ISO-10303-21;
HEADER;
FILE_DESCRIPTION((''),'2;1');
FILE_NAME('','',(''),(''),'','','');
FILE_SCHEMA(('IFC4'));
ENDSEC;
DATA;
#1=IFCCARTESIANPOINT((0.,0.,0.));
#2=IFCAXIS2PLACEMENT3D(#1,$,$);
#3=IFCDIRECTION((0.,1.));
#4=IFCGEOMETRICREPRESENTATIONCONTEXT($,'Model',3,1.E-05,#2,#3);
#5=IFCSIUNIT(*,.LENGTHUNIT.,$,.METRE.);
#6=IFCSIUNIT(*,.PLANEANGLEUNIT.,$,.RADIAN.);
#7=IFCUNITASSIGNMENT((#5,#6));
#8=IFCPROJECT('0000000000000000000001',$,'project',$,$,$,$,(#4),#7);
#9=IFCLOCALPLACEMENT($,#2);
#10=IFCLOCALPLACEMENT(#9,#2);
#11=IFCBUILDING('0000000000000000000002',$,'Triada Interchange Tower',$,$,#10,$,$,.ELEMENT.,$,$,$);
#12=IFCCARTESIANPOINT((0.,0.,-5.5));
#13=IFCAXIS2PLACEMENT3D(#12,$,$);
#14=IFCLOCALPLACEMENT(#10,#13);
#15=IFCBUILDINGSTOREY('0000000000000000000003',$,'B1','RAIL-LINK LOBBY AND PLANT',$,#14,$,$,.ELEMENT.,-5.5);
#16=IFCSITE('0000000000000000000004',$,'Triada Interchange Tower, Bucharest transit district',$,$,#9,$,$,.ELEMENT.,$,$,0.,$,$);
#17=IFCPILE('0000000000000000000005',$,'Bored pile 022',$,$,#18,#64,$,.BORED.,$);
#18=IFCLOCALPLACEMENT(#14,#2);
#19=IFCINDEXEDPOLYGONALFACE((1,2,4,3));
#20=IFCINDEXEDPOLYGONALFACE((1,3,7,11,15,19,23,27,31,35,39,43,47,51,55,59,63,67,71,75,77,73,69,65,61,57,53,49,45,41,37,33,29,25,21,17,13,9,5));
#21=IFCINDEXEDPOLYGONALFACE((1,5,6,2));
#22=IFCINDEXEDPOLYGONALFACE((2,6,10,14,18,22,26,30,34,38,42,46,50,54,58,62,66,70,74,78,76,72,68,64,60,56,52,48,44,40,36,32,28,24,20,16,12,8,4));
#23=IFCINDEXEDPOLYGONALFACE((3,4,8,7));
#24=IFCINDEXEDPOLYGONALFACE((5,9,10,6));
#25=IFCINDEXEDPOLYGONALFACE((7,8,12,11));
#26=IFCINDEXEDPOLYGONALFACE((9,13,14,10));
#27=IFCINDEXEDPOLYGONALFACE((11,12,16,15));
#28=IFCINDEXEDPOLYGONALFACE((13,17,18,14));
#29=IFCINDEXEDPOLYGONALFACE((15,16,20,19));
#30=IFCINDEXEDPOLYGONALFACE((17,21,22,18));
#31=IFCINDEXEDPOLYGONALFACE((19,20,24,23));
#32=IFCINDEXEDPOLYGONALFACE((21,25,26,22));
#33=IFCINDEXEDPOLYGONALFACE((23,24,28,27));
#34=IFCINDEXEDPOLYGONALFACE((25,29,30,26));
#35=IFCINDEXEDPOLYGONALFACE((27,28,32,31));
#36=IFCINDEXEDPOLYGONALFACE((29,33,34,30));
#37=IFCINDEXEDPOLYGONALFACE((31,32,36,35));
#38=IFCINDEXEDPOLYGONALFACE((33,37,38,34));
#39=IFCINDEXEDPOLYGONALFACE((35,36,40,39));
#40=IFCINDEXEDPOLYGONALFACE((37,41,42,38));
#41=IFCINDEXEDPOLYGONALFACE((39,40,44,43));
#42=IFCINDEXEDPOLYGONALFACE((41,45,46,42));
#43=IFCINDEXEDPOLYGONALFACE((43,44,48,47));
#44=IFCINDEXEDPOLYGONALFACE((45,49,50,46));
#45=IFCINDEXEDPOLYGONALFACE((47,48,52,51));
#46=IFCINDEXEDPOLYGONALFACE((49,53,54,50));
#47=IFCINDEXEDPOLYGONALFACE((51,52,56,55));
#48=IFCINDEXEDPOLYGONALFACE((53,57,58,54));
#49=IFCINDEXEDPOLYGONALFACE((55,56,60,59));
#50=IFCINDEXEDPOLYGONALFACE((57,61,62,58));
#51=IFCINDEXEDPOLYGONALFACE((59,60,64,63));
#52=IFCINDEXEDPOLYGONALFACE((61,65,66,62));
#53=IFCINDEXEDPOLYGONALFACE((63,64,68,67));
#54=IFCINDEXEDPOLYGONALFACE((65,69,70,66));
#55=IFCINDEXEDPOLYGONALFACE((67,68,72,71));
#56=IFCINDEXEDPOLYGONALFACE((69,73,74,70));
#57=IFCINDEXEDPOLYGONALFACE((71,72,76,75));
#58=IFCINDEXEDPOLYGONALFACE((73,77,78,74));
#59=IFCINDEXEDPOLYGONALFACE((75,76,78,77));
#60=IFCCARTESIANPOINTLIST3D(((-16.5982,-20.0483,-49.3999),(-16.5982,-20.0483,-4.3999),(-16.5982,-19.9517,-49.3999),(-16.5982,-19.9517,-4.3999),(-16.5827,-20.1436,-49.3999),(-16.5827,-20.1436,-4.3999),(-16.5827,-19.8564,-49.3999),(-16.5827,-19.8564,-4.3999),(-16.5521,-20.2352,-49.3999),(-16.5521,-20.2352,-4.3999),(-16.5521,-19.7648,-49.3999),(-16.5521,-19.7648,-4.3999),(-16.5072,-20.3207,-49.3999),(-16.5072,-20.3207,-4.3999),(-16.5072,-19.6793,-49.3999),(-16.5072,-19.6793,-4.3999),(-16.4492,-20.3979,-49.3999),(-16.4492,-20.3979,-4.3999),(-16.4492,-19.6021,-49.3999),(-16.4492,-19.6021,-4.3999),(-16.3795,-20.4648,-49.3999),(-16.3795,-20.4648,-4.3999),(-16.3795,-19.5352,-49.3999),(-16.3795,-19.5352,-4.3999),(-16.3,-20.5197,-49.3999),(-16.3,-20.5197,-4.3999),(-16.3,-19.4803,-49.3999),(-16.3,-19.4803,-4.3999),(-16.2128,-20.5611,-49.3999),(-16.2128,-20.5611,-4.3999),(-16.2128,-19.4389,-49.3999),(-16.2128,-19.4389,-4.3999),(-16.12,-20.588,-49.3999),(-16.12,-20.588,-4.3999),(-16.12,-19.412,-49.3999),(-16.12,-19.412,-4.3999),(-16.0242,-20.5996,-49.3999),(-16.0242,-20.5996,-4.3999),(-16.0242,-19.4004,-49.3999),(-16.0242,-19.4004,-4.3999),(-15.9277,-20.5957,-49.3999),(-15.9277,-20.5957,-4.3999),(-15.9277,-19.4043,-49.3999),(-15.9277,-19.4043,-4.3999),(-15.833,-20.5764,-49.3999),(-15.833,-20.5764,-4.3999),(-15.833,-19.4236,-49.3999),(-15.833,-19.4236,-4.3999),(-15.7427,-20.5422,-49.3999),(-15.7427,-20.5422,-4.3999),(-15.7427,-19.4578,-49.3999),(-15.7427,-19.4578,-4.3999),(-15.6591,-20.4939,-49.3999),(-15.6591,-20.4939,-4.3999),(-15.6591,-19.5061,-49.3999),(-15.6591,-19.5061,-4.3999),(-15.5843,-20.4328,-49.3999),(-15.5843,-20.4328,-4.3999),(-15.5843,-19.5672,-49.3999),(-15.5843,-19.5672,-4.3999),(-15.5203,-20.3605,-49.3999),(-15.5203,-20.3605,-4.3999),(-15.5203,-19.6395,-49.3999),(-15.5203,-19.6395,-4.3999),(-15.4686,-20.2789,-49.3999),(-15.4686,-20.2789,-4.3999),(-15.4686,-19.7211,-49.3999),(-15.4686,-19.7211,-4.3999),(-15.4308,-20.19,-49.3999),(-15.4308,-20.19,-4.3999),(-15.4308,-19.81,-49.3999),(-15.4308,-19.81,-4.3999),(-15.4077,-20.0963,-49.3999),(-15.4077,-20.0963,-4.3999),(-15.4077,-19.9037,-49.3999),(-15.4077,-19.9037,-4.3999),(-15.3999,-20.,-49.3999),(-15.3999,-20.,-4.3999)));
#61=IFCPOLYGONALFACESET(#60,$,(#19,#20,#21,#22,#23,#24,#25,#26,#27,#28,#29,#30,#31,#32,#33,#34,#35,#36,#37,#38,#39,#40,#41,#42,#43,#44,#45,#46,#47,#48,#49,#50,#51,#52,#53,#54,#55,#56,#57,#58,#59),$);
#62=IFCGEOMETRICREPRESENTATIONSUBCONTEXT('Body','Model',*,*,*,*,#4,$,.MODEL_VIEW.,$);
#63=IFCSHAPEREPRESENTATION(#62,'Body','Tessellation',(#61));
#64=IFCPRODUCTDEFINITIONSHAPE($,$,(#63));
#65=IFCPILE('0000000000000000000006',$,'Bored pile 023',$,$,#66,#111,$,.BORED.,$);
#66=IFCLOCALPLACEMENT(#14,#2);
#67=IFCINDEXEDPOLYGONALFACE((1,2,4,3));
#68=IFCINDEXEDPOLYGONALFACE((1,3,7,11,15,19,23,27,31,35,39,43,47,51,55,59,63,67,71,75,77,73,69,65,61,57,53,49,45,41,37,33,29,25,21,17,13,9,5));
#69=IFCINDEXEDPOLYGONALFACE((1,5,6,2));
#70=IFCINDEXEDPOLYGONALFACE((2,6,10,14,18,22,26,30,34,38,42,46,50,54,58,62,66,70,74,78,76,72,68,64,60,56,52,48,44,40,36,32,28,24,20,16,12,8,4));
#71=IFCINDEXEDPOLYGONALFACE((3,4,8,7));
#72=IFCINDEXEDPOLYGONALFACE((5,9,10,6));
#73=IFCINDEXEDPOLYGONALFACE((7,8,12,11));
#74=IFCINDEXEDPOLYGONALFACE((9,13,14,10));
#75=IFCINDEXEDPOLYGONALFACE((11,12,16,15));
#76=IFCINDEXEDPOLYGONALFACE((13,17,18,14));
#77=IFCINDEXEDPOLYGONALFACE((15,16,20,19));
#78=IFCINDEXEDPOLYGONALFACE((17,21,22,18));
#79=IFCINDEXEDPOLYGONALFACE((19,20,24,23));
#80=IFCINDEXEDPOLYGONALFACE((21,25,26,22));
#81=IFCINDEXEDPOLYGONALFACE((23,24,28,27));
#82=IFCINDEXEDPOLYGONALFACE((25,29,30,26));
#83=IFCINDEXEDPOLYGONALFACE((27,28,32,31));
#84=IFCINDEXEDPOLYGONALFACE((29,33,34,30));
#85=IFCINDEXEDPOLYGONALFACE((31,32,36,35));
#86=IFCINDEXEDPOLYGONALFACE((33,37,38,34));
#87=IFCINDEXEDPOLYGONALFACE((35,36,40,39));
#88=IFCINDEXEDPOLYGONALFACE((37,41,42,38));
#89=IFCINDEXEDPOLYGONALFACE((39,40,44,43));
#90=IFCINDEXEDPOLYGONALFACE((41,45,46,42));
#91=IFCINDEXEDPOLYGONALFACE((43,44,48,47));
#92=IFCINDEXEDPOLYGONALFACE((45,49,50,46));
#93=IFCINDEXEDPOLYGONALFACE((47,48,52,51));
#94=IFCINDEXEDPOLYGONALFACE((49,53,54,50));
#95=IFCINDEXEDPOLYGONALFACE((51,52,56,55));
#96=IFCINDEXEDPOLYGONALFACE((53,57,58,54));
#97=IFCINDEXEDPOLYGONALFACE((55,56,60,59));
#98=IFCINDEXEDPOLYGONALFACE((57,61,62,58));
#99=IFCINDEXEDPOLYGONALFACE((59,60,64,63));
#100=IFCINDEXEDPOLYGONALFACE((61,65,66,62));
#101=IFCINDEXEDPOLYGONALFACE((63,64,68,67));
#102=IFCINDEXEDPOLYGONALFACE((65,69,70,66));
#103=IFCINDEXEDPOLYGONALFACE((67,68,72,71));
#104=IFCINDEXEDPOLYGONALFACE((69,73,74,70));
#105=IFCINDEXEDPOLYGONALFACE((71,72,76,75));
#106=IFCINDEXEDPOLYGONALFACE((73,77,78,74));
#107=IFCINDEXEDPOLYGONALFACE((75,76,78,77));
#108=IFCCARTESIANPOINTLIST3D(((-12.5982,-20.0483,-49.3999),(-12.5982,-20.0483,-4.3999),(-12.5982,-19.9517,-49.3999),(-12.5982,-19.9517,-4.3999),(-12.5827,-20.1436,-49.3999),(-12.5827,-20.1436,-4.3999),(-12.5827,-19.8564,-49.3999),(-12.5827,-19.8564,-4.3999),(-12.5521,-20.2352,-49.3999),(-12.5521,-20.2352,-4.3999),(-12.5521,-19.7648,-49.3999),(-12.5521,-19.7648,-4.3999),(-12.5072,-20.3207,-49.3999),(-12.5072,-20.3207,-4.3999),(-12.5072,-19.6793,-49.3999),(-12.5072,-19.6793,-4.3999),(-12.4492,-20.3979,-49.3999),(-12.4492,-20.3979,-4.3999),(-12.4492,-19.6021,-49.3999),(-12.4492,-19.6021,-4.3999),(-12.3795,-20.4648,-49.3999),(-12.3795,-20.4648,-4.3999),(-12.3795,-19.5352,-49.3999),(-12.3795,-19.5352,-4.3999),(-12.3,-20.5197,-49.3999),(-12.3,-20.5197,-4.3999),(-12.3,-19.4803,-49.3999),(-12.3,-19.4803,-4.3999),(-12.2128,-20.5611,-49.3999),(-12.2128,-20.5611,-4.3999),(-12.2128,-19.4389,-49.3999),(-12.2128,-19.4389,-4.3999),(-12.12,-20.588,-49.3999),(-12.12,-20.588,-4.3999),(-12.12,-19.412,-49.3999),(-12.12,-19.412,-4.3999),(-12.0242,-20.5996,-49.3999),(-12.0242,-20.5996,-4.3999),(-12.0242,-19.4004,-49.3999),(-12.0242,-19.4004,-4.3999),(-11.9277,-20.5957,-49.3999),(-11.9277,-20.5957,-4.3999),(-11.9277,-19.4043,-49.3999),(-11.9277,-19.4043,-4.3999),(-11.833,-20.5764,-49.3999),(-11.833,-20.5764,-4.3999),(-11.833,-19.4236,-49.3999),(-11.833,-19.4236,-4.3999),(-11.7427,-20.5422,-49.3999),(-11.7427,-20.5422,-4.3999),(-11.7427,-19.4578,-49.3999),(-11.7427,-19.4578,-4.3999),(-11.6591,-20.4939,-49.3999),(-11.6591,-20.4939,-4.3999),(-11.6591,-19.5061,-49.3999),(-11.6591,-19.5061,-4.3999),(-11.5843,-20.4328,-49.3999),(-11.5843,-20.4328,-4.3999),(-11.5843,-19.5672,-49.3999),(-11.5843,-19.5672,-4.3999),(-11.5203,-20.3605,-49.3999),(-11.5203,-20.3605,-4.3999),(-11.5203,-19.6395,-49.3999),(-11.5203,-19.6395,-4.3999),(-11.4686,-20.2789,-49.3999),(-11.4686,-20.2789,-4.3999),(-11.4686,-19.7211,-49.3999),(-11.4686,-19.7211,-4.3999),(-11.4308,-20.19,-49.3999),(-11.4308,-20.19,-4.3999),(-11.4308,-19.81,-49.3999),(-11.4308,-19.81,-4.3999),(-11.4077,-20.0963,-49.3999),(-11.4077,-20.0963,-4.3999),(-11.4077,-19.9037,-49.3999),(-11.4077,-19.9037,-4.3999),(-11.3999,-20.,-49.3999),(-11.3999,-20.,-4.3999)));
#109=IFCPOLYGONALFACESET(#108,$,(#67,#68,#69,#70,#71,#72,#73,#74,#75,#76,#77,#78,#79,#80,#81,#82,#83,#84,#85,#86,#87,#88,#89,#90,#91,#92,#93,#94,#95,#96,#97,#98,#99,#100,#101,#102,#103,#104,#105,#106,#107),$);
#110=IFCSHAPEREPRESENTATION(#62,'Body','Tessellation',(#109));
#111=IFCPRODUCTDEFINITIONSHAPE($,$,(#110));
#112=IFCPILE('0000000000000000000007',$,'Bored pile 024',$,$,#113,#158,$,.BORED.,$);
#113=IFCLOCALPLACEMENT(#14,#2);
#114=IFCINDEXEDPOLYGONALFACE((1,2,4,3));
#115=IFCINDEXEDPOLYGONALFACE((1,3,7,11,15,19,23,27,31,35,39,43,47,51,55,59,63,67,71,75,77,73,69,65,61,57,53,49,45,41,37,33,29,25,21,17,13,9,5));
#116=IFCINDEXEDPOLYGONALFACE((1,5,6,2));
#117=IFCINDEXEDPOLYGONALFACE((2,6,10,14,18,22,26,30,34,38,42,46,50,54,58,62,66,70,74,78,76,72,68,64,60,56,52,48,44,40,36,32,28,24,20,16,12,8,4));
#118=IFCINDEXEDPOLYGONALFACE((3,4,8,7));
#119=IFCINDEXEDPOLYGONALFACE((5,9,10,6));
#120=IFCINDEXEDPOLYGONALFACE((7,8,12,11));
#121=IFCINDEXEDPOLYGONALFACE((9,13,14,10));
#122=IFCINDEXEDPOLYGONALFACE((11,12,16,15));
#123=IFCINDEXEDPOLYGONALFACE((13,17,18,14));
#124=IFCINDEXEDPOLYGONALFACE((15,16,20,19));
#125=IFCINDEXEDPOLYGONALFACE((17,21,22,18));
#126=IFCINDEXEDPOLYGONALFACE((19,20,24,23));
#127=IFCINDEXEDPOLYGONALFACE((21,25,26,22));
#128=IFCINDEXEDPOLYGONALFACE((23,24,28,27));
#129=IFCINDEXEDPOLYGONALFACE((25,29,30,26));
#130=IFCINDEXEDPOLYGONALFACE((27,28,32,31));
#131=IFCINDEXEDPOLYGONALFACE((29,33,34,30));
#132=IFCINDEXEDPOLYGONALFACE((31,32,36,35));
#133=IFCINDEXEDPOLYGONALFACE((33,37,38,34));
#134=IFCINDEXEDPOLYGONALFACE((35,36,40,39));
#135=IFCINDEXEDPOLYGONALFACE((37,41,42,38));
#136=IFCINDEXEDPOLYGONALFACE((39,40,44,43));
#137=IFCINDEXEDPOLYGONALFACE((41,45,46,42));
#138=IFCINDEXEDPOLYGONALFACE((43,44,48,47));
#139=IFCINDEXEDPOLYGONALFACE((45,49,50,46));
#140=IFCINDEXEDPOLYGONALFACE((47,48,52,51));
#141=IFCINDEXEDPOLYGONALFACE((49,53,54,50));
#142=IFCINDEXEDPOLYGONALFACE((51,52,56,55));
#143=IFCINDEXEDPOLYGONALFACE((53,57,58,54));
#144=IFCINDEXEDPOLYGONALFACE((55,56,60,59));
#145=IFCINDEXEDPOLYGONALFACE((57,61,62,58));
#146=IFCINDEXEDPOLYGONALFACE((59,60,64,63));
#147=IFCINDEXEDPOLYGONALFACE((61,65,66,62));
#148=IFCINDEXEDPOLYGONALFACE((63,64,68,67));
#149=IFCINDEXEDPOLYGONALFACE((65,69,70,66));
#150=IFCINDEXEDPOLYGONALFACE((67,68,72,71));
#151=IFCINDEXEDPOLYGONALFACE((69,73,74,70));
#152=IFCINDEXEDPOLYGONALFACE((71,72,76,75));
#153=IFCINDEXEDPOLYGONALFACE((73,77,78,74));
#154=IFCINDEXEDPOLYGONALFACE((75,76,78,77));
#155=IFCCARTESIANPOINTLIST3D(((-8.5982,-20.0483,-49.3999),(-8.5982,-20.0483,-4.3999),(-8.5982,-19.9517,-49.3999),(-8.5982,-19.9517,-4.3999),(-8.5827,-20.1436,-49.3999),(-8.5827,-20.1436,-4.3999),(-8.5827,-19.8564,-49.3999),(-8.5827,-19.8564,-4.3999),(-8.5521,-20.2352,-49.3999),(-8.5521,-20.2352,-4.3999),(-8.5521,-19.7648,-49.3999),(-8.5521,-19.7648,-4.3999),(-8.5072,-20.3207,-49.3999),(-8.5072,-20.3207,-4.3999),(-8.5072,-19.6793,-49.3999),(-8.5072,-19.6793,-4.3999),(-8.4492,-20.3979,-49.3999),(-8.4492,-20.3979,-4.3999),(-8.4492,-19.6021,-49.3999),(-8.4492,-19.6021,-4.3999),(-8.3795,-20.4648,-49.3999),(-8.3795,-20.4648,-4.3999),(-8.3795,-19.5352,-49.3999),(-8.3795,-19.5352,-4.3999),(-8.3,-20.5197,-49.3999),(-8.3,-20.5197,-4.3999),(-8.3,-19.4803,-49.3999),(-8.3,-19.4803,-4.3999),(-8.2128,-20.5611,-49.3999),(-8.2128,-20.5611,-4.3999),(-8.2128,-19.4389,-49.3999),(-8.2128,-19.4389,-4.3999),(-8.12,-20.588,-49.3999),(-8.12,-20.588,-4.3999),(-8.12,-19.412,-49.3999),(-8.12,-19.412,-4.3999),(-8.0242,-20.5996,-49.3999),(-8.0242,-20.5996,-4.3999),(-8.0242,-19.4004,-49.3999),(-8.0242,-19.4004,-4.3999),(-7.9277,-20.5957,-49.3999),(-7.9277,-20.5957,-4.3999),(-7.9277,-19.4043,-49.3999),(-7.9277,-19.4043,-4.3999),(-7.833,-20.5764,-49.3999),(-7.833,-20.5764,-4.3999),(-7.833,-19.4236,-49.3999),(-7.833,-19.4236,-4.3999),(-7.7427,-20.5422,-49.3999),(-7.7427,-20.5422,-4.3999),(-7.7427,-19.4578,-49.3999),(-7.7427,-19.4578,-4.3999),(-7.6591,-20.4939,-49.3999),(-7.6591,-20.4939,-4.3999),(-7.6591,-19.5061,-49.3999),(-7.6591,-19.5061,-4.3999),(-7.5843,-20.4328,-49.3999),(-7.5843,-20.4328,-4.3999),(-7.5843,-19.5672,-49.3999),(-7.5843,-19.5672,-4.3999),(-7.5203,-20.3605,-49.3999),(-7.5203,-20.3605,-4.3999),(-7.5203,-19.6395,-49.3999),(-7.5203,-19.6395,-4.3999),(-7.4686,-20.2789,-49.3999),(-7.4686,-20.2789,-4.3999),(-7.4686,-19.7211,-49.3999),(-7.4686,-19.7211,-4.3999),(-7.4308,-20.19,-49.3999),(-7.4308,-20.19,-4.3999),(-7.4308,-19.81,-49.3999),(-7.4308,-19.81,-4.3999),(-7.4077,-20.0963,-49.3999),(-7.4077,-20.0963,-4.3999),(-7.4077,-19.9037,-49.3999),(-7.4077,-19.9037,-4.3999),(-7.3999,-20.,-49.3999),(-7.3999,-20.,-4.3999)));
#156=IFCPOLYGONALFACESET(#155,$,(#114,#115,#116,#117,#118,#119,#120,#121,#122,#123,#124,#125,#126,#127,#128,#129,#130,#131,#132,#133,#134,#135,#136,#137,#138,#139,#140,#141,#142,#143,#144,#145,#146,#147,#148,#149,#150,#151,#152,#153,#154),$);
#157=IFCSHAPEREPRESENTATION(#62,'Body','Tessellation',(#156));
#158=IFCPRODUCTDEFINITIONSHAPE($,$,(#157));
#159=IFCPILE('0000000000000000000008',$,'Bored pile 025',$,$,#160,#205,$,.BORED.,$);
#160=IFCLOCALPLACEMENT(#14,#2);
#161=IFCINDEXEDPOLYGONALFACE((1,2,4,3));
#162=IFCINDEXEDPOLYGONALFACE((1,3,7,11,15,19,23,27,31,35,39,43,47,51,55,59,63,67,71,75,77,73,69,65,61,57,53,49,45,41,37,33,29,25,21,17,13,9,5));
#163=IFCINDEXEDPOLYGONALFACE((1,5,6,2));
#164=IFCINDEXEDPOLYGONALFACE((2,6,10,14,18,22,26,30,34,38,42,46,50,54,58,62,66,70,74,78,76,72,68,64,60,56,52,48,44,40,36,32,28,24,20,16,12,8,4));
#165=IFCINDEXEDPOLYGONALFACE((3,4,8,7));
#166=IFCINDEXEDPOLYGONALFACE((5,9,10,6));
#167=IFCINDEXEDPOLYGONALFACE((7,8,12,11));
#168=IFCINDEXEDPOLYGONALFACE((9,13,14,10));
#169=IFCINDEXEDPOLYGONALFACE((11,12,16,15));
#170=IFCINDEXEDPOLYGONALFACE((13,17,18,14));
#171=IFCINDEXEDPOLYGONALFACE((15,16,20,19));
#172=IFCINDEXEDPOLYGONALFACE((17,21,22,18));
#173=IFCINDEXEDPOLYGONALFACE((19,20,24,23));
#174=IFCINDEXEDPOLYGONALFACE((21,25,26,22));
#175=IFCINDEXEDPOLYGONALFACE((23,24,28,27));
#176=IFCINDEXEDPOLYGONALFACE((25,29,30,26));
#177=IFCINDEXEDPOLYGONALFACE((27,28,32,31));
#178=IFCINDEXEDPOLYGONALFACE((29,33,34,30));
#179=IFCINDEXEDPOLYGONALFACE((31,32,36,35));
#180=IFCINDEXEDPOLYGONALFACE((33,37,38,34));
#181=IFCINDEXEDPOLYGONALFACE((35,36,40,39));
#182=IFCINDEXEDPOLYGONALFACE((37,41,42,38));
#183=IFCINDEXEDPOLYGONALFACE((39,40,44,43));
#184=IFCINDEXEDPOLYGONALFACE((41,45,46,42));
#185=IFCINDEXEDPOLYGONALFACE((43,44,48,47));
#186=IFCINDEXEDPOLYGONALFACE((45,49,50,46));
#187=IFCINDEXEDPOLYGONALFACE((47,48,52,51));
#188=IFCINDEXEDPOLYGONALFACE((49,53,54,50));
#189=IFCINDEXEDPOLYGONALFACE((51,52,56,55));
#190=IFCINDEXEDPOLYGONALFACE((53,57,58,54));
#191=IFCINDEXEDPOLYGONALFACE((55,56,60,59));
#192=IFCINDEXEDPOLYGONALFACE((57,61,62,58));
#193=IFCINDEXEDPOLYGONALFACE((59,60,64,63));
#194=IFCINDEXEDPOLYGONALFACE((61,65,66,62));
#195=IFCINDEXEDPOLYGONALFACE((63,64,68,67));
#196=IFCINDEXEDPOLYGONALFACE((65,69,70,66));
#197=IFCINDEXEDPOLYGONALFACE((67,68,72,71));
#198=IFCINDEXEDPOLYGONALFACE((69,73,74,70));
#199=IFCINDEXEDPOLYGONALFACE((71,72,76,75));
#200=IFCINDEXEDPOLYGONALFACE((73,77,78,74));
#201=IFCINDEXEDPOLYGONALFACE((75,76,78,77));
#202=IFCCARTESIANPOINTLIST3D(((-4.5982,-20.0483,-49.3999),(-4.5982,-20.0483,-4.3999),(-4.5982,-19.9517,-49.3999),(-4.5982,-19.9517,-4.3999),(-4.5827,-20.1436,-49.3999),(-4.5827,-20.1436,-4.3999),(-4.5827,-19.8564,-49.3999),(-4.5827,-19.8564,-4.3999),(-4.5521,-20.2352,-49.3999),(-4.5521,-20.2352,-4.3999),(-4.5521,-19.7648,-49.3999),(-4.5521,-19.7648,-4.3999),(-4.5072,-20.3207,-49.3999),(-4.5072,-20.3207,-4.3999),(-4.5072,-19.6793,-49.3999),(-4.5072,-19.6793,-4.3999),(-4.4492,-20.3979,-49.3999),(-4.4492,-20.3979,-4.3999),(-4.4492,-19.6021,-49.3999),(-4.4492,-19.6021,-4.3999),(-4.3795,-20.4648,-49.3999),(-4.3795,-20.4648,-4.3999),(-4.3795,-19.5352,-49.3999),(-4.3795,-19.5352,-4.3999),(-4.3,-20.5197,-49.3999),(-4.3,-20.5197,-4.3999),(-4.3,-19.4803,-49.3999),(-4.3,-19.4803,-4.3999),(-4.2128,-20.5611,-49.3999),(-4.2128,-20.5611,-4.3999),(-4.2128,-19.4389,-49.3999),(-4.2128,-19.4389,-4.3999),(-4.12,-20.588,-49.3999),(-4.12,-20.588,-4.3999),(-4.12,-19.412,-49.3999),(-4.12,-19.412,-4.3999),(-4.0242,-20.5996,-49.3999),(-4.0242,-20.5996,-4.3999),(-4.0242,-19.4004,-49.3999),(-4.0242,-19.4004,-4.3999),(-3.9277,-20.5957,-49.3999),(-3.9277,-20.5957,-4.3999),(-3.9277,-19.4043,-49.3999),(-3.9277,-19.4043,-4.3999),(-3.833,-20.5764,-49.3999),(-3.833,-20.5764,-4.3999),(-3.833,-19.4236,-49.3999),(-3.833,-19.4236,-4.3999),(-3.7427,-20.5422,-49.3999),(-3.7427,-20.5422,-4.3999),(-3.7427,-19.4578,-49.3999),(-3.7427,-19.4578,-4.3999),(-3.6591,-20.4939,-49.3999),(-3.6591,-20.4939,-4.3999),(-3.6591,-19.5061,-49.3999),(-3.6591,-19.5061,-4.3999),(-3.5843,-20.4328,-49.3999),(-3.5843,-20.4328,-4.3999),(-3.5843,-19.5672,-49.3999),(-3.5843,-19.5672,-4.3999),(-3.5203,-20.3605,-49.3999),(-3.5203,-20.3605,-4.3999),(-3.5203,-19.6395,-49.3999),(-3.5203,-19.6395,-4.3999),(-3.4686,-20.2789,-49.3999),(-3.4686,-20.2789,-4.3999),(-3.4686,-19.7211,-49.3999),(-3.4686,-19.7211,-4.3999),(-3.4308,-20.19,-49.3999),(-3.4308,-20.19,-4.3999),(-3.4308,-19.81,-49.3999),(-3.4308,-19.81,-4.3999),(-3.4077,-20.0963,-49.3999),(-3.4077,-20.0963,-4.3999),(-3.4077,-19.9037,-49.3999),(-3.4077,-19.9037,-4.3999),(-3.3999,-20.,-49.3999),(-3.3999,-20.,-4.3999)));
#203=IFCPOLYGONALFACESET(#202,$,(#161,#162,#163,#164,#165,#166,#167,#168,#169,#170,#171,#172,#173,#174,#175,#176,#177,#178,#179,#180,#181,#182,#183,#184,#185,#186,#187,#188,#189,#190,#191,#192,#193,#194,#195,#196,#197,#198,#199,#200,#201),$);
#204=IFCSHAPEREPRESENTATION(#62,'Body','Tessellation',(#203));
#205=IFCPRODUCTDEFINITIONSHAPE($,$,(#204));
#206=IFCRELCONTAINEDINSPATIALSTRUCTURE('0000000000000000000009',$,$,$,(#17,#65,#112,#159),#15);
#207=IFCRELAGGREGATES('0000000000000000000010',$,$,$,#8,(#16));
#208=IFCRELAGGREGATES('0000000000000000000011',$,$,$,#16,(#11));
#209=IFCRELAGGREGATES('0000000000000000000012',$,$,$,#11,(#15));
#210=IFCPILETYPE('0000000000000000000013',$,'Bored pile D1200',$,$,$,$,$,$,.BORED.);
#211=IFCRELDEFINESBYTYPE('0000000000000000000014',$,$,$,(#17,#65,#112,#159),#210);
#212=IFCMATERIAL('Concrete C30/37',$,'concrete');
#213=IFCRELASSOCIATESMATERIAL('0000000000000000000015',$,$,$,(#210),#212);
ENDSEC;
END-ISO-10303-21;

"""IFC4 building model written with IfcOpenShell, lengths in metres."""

from ifc_helpers import new_model, si_unit, direction, frame, origin, origin_2d, place, context, subcontext, project, spatial, circle, extrude, material, material_profile, profile_set, type_object, element, save


model = new_model("IFC4")

# Units and contexts
model_context = context("Model", 3, precision=1e-05, world=origin(), true_north=direction((0.0, 1.0)))
body_context = subcontext(model_context, "Body", "Model", "MODEL_VIEW")
ifc_project = project(units=[si_unit("LENGTHUNIT", "METRE"), si_unit("PLANEANGLEUNIT", "RADIAN")], contexts=[model_context])

# Site, building, storey
site_placement = place(None, origin())
site = spatial("IfcSite", under=ifc_project, at=site_placement, Name="Triada Interchange Tower, Bucharest transit district", CompositionType="ELEMENT", RefElevation=0.0)
building_placement = place(site_placement, origin())
building = spatial("IfcBuilding", under=site, at=building_placement, Name="Triada Interchange Tower", CompositionType="ELEMENT")
storey_placement = place(building_placement, frame((0.0, 0.0, -5.5)))
storey = spatial("IfcBuildingStorey", under=building, at=storey_placement, Name="B1", Description="RAIL-LINK LOBBY AND PLANT", CompositionType="ELEMENT", Elevation=-5.5)

# Piles
ifc_material_1 = material(Name="Concrete C30/37", Category="concrete")
ifc_material_profile_1 = material_profile(ifc_material_1, circle(Radius=0.6001, at=origin_2d()), Name="RC D1200")
ifc_profile_set_1 = profile_set([ifc_material_profile_1], Name="Concrete C30/37")
pile_type = type_object("IfcPileType", Name="Bored pile D1200", PredefinedType="BORED", material=ifc_profile_set_1)
for number, where, z_axis, x_axis, name in (
    (1, (-16.0, -20.0, -4.3999), (0.0, 0.0, -1.0), (1.0, 0.0, 0.0), "Bored pile 022"),
    (2, (-12.0, -20.0, -4.3999), (0.0, 0.0, -1.0), (1.0, 0.0, 0.0), "Bored pile 023"),
    (3, (-8.0, -20.0, -4.3999), (0.0, 0.0, -1.0), (1.0, 0.0, 0.0), "Bored pile 024"),
    (4, (-4.0, -20.0, -4.3999), (0.0, 0.0, -1.0), (1.0, 0.0, 0.0), "Bored pile 025"),
):
    element("IfcPile", number, at=place(storey_placement, frame(where, z_axis=z_axis, x_axis=x_axis)), inside=storey, type_object=pile_type, Name=name, PredefinedType="BORED", context=body_context, shape_type="SweptSolid", body=[
        extrude(circle(Radius=0.6001, at=origin_2d()), origin(), (0.0, 0.0, 1.0), 45.0),
    ])

save(model, "model.ifc")
